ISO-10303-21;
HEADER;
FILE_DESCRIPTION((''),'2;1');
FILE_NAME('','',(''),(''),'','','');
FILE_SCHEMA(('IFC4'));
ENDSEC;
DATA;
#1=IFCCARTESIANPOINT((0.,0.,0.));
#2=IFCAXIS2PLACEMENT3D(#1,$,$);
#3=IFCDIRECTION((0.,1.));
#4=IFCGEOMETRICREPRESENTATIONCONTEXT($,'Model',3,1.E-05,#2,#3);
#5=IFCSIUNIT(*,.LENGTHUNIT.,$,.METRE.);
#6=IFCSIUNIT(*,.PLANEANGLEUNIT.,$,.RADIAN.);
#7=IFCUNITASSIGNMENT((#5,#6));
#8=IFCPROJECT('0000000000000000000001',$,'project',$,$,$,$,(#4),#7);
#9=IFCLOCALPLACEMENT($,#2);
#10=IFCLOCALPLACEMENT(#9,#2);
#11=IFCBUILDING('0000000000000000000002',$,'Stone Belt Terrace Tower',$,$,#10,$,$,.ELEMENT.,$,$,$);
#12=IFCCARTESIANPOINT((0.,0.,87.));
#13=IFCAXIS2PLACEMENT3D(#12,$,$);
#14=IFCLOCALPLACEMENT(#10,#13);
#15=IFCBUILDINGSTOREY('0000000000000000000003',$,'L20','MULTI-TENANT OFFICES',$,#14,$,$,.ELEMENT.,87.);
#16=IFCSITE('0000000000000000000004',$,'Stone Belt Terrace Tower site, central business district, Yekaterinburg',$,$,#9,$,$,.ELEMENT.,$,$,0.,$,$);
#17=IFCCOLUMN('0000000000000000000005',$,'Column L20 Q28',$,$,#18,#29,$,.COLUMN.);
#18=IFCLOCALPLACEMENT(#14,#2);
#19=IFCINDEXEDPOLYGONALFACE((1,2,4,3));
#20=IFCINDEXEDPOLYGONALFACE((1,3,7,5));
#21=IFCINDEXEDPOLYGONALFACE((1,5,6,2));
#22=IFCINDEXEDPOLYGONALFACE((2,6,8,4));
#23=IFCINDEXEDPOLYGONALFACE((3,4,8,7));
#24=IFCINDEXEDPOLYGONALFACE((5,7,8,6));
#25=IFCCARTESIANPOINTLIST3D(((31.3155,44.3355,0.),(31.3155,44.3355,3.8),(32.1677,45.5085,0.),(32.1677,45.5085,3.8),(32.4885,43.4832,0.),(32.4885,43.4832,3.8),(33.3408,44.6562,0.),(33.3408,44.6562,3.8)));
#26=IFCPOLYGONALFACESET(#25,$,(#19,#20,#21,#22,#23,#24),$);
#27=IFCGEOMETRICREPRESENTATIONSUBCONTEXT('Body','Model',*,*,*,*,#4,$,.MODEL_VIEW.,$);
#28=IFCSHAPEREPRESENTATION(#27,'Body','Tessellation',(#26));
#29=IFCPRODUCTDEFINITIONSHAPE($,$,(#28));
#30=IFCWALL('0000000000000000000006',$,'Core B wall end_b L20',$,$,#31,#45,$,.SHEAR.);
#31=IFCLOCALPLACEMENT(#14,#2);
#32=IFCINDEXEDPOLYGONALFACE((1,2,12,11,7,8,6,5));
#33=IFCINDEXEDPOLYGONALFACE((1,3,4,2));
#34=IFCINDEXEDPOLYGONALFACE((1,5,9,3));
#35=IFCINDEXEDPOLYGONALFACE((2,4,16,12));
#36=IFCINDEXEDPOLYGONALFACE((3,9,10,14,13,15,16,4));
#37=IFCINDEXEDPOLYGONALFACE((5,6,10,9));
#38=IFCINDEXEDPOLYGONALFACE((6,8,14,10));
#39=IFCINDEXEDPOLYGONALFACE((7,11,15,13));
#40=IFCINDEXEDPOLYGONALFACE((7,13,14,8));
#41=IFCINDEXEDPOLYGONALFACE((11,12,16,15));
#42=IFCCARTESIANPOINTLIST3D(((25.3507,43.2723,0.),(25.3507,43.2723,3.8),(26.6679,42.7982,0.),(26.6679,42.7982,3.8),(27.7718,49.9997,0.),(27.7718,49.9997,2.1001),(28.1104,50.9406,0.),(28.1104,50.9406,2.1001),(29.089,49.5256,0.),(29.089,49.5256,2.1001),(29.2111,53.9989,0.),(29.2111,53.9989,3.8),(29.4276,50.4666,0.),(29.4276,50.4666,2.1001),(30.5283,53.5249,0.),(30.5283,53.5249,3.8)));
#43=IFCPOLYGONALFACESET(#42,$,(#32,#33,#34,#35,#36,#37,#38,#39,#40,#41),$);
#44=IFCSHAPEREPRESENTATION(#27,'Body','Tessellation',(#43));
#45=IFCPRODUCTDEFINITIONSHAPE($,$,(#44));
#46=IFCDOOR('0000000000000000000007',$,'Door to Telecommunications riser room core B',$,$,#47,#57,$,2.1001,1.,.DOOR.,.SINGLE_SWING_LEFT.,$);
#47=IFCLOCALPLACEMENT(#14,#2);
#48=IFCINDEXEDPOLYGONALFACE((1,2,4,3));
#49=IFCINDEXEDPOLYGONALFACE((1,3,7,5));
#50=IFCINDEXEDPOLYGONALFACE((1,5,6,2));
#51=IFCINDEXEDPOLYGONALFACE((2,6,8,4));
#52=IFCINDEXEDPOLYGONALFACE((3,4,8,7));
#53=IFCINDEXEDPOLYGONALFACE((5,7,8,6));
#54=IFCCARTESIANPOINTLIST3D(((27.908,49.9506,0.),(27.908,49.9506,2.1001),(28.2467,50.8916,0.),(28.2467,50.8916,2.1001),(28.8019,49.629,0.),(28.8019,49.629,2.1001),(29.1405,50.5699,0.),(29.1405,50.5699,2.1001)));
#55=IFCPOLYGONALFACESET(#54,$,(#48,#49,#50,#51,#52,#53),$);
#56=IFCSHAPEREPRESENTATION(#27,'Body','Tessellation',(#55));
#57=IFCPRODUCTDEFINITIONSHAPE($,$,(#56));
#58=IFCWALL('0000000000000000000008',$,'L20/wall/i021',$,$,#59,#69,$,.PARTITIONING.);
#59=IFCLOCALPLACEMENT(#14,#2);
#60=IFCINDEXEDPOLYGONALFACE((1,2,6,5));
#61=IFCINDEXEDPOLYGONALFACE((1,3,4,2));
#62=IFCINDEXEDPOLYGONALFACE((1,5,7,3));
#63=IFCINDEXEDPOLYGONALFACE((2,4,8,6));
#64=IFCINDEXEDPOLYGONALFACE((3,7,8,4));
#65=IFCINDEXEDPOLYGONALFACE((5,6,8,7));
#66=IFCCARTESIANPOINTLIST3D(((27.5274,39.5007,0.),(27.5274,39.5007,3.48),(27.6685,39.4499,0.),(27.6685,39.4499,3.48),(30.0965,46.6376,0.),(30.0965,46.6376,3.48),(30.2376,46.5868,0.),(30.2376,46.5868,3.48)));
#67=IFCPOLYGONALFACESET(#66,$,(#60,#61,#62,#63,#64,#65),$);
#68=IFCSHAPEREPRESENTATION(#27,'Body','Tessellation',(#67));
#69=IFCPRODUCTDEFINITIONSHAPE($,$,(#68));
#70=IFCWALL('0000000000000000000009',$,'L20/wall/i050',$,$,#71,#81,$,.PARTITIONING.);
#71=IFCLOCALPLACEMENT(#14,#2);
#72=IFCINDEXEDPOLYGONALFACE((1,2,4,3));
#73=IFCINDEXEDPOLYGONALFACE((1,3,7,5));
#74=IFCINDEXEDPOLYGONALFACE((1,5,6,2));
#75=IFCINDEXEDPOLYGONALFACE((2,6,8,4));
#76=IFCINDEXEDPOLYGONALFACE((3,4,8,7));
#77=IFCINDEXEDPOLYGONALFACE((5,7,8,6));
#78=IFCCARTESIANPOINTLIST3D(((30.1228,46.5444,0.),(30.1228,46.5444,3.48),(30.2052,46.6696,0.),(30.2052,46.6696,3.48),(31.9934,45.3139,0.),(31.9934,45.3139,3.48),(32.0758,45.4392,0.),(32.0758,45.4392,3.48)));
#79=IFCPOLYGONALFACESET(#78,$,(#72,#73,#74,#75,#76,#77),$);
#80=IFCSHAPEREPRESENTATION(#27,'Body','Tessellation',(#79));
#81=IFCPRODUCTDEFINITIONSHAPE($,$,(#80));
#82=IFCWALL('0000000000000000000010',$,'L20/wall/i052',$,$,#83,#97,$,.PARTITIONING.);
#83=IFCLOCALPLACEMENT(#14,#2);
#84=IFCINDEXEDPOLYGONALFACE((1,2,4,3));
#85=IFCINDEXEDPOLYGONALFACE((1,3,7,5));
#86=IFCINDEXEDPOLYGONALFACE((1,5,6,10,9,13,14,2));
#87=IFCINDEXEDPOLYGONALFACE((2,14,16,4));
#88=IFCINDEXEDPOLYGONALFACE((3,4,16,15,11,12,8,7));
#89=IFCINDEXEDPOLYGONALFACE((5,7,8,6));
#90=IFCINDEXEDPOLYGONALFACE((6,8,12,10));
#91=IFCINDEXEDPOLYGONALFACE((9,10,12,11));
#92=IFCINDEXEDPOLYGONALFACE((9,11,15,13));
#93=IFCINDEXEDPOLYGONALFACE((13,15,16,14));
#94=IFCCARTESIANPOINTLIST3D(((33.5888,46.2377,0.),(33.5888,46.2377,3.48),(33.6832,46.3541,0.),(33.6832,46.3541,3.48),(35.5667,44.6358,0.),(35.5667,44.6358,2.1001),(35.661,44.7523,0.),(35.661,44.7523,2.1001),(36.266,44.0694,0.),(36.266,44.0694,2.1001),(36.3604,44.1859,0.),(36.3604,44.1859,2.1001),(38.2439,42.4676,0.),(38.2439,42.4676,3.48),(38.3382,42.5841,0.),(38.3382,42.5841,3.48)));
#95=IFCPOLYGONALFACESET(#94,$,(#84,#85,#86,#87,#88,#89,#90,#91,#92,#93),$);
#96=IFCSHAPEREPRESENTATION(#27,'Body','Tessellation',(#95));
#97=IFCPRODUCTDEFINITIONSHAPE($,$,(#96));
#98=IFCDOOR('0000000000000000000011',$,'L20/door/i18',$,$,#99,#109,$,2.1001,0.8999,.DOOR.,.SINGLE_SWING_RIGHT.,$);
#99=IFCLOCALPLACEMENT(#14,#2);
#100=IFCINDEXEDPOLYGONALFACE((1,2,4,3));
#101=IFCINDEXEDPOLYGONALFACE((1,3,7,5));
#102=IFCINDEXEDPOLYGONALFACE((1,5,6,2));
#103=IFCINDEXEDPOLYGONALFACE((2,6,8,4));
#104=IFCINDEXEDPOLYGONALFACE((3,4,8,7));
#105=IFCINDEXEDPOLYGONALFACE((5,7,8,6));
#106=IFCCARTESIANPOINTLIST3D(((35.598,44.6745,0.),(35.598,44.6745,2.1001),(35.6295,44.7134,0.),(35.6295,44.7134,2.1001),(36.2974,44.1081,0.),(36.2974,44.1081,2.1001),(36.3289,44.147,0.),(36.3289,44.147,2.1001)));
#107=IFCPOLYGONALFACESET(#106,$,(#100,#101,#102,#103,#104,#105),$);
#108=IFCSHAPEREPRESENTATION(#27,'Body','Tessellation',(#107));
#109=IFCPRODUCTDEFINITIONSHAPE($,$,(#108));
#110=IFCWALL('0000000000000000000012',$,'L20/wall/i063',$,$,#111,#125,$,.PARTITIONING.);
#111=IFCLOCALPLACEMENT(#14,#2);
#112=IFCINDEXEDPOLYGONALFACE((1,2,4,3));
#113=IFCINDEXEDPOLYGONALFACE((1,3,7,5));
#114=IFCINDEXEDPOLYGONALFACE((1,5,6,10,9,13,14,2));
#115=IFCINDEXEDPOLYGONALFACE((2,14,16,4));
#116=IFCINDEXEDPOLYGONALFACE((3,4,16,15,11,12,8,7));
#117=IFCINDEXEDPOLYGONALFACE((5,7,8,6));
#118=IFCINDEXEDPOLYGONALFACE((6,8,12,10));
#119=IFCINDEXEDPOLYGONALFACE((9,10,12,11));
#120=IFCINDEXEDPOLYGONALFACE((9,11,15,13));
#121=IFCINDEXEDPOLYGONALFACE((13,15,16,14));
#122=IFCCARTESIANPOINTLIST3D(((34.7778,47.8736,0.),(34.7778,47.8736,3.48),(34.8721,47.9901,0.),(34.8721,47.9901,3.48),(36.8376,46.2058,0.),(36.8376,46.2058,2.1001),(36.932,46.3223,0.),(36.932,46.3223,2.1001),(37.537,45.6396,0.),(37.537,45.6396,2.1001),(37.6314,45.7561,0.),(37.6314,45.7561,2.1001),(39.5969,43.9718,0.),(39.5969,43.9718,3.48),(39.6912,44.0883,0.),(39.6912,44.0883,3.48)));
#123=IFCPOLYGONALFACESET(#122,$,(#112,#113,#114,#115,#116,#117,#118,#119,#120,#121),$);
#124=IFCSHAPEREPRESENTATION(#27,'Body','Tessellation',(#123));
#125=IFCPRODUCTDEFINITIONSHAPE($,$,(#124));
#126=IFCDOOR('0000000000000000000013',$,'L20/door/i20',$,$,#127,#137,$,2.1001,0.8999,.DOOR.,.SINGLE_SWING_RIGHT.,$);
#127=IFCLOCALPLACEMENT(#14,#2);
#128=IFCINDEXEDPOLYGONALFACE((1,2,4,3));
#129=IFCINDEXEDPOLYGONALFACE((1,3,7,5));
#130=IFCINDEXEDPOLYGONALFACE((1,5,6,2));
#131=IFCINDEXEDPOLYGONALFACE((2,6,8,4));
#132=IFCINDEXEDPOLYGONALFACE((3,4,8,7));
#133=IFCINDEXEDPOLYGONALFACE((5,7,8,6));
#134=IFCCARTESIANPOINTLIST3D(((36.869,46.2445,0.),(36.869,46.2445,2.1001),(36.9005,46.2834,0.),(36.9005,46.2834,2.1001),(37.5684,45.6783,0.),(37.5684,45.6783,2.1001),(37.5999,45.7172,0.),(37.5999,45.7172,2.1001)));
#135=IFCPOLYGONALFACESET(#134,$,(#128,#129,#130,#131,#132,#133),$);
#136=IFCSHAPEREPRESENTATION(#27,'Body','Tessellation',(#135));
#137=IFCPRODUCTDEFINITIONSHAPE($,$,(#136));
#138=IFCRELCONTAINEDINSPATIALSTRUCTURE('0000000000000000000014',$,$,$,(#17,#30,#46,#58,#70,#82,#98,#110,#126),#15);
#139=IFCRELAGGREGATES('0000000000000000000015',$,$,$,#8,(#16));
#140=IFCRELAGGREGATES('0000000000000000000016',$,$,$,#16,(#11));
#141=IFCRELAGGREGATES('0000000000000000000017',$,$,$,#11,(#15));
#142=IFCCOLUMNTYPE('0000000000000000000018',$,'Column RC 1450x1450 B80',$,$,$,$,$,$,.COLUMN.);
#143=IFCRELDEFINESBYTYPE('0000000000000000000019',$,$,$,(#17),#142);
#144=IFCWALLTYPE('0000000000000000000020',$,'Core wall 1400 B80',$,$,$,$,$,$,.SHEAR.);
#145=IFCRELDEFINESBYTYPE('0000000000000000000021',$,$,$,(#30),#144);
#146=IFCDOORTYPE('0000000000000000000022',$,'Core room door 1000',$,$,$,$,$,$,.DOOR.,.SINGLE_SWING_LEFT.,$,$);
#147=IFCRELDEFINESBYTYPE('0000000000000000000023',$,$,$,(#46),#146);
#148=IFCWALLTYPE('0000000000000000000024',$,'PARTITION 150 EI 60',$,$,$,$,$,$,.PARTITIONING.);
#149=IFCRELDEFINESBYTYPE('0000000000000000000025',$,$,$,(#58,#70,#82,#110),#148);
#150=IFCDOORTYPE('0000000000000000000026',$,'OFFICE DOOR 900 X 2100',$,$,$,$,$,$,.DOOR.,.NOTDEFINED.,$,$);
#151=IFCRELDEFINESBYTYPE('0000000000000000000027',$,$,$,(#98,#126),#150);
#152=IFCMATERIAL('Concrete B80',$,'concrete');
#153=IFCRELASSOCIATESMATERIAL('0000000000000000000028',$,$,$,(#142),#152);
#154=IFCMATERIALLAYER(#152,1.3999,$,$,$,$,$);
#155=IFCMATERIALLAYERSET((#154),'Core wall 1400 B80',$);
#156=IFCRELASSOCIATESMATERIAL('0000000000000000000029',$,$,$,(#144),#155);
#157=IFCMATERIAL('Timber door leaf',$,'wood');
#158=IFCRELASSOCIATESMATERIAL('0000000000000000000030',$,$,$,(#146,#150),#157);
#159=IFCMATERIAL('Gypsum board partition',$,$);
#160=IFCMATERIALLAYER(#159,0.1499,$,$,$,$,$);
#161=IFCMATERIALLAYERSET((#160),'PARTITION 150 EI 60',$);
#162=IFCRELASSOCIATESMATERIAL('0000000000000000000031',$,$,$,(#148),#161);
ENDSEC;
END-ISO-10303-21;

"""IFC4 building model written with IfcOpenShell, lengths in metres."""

from ifc_helpers import new_model, si_unit, direction, frame, frame_2d, origin, origin_2d, place, context, subcontext, project, spatial, rectangle, extrude, material, layer, layer_set, material_profile, profile_set, type_object, element, fill, save


model = new_model("IFC4")

# Units and contexts
model_context = context("Model", 3, precision=1e-05, world=origin(), true_north=direction((0.0, 1.0)))
body_context = subcontext(model_context, "Body", "Model", "MODEL_VIEW")
ifc_project = project(units=[si_unit("LENGTHUNIT", "METRE"), si_unit("PLANEANGLEUNIT", "RADIAN")], contexts=[model_context])

# Site, building, storey
site_placement = place(None, origin())
site = spatial("IfcSite", under=ifc_project, at=site_placement, Name="Stone Belt Terrace Tower site, central business district, Yekaterinburg", CompositionType="ELEMENT", RefElevation=0.0)
building_placement = place(site_placement, origin())
building = spatial("IfcBuilding", under=site, at=building_placement, Name="Stone Belt Terrace Tower", CompositionType="ELEMENT")
storey_placement = place(building_placement, frame((0.0, 0.0, 87.0)))
storey = spatial("IfcBuildingStorey", under=building, at=storey_placement, Name="L20", Description="MULTI-TENANT OFFICES", CompositionType="ELEMENT", Elevation=87.0)

# Column
ifc_material_1 = material(Name="Concrete B80", Category="concrete")
ifc_material_profile = material_profile(ifc_material_1, rectangle(XDim=1.45, YDim=1.45, at=origin_2d()), Name="RC 1450x1450")
ifc_profile_set = profile_set([ifc_material_profile], Name="Concrete B80")
column_type = type_object("IfcColumnType", Name="Column RC 1450x1450 B80", PredefinedType="COLUMN", material=ifc_profile_set)
column_placement = place(storey_placement, frame((32.3281, 44.4958, 0.0), z_axis=(0.0, 0.0, 1.0), x_axis=(0.809017, -0.587785, 0.0)))
element("IfcColumn", 1, at=column_placement, inside=storey, type_object=column_type, Name="Column L20 Q28", PredefinedType="COLUMN", context=body_context, shape_type="SweptSolid", body=[
    extrude(rectangle(XDim=1.45, YDim=1.45, at=origin_2d()), origin(), (0.0, 0.0, 1.0), 3.8),
])

# Wall, opening, door
ifc_layer_1 = layer(ifc_material_1, 1.3999)
ifc_layer_set_1 = layer_set([ifc_layer_1], Name="Core wall 1400 B80")
wall_type_1 = type_object("IfcWallType", Name="Core wall 1400 B80", PredefinedType="SHEAR", material=ifc_layer_set_1)
wall_1_placement = place(storey_placement, frame((26.0093, 43.0352, 0.0), z_axis=(0.0, 0.0, 1.0), x_axis=(0.338625, 0.940921, 0.0)))
wall_1 = element("IfcWall", 2, at=wall_1_placement, inside=storey, type_object=wall_type_1, Name="Core B wall end_b L20", PredefinedType="SHEAR", context=body_context, shape_type="SweptSolid", body=[
    extrude(rectangle(XDim=11.4001, YDim=1.3999, at=frame_2d((5.7002, 0.0))), origin(), (0.0, 0.0, 1.0), 3.8),
])
opening_1_placement = place(wall_1_placement, frame((7.1499, 0.0, 0.0)))
opening_1 = element("IfcOpeningElement", 3, at=opening_1_placement, cuts=wall_1, PredefinedType="OPENING", context=body_context, shape_type="SweptSolid", body=[
    extrude(rectangle(XDim=1.0, YDim=2.1001, at=frame_2d((0.5, 1.05))), frame((0.0, 0.71, 0.0), z_axis=(0.0, -1.0, 0.0), x_axis=(1.0, 0.0, 0.0)), (0.0, 0.0, 1.0), 1.4199),
])
ifc_material_2 = material(Name="Timber door leaf", Category="wood")
door_type_1 = type_object("IfcDoorType", Name="Core room door 1000", OperationType="SINGLE_SWING_LEFT", PredefinedType="DOOR", material=ifc_material_2)
door_1_placement = place(opening_1_placement, origin())
door_1 = element("IfcDoor", 4, at=door_1_placement, inside=storey, type_object=door_type_1, Name="Door to Telecommunications riser room core B", OperationType="SINGLE_SWING_LEFT", OverallHeight=2.1001, OverallWidth=1.0, PredefinedType="DOOR", context=body_context, shape_type="SweptSolid", body=[
    extrude(rectangle(XDim=1.0, YDim=2.1001, at=frame_2d((0.5, 1.05))), frame((0.0, 0.5552, 0.0), z_axis=(0.0, -1.0, 0.0), x_axis=(1.0, 0.0, 0.0)), (0.0, 0.0, 1.0), 0.95),
])
fill(opening_1, door_1)

# Walls
ifc_material_3 = material(Name="Gypsum board partition")
ifc_layer_2 = layer(ifc_material_3, 0.1499)
ifc_layer_set_2 = layer_set([ifc_layer_2], Name="PARTITION 150 EI 60")
wall_type_2 = type_object("IfcWallType", Name="PARTITION 150 EI 60", PredefinedType="PARTITIONING", material=ifc_layer_set_2)
wall_2_placement = place(storey_placement, frame((30.167, 46.6121, 0.0), z_axis=(0.0, 0.0, 1.0), x_axis=(-0.338694, -0.940896, 0.0)))
element("IfcWall", 5, at=wall_2_placement, inside=storey, type_object=wall_type_2, Name="L20/wall/i021", PredefinedType="PARTITIONING", context=body_context, shape_type="SweptSolid", body=[
    extrude(rectangle(XDim=7.5852, YDim=0.1499, at=frame_2d((3.7925, 0.0))), origin(), (0.0, 0.0, 1.0), 3.48),
])
wall_3_placement = place(storey_placement, frame((32.0347, 45.3765, 0.0), z_axis=(0.0, 0.0, 1.0), x_axis=(-0.835457, 0.549556, 0.0)))
element("IfcWall", 6, at=wall_3_placement, inside=storey, type_object=wall_type_2, Name="L20/wall/i050", PredefinedType="PARTITIONING", context=body_context, shape_type="SweptSolid", body=[
    extrude(rectangle(XDim=2.239, YDim=0.1499, at=frame_2d((1.1196, 0.0))), origin(), (0.0, 0.0, 1.0), 3.48),
])

# Walls, openings, doors
wall_4_placement = place(storey_placement, frame((33.636, 46.2959, 0.0), z_axis=(0.0, 0.0, 1.0), x_axis=(0.777109, -0.629366, 0.0)))
wall_4 = element("IfcWall", 7, at=wall_4_placement, inside=storey, type_object=wall_type_2, Name="L20/wall/i052", PredefinedType="PARTITIONING", context=body_context, shape_type="SweptSolid", body=[
    extrude(rectangle(XDim=5.9902, YDim=0.1499, at=frame_2d((2.9951, 0.0))), origin(), (0.0, 0.0, 1.0), 3.48),
])
opening_2_placement = place(wall_4_placement, frame((2.5452, 0.0, 0.0)))
opening_2 = element("IfcOpeningElement", 8, at=opening_2_placement, cuts=wall_4, PredefinedType="OPENING", context=body_context, shape_type="SweptSolid", body=[
    extrude(rectangle(XDim=0.8999, YDim=2.1001, at=frame_2d((0.45, 1.05))), frame((0.0, 0.085, 0.0), z_axis=(0.0, -1.0, 0.0), x_axis=(1.0, 0.0, 0.0)), (0.0, 0.0, 1.0), 0.1699),
])
door_type_2 = type_object("IfcDoorType", Name="OFFICE DOOR 900 X 2100", OperationType="NOTDEFINED", PredefinedType="DOOR", material=ifc_material_2)
door_2_placement = place(opening_2_placement, origin())
door_2 = element("IfcDoor", 9, at=door_2_placement, inside=storey, type_object=door_type_2, Name="L20/door/i18", OperationType="SINGLE_SWING_RIGHT", OverallHeight=2.1001, OverallWidth=0.8999, PredefinedType="DOOR", context=body_context, shape_type="SweptSolid", body=[
    extrude(rectangle(XDim=0.8999, YDim=2.1001, at=frame_2d((0.45, 1.05))), frame((0.0, 0.0249, 0.0), z_axis=(0.0, -1.0, 0.0), x_axis=(1.0, 0.0, 0.0)), (0.0, 0.0, 1.0), 0.05),
])
fill(opening_2, door_2)
wall_5_placement = place(storey_placement, frame((34.825, 47.9319, 0.0), z_axis=(0.0, 0.0, 1.0), x_axis=(0.777191, -0.629265, 0.0)))
wall_5 = element("IfcWall", 10, at=wall_5_placement, inside=storey, type_object=wall_type_2, Name="L20/wall/i063", PredefinedType="PARTITIONING", context=body_context, shape_type="SweptSolid", body=[
    extrude(rectangle(XDim=6.2007, YDim=0.1499, at=frame_2d((3.1003, 0.0))), origin(), (0.0, 0.0, 1.0), 3.48),
])
opening_3_placement = place(wall_5_placement, frame((2.6504, 0.0, 0.0)))
opening_3 = element("IfcOpeningElement", 11, at=opening_3_placement, cuts=wall_5, PredefinedType="OPENING", context=body_context, shape_type="SweptSolid", body=[
    extrude(rectangle(XDim=0.8999, YDim=2.1001, at=frame_2d((0.45, 1.05))), frame((0.0, 0.085, 0.0), z_axis=(0.0, -1.0, 0.0), x_axis=(1.0, 0.0, 0.0)), (0.0, 0.0, 1.0), 0.1699),
])
door_3_placement = place(opening_3_placement, origin())
door_3 = element("IfcDoor", 12, at=door_3_placement, inside=storey, type_object=door_type_2, Name="L20/door/i20", OperationType="SINGLE_SWING_RIGHT", OverallHeight=2.1001, OverallWidth=0.8999, PredefinedType="DOOR", context=body_context, shape_type="SweptSolid", body=[
    extrude(rectangle(XDim=0.8999, YDim=2.1001, at=frame_2d((0.45, 1.05))), frame((0.0, 0.0249, 0.0), z_axis=(0.0, -1.0, 0.0), x_axis=(1.0, 0.0, 0.0)), (0.0, 0.0, 1.0), 0.05),
])
fill(opening_3, door_3)

save(model, "model.ifc")
